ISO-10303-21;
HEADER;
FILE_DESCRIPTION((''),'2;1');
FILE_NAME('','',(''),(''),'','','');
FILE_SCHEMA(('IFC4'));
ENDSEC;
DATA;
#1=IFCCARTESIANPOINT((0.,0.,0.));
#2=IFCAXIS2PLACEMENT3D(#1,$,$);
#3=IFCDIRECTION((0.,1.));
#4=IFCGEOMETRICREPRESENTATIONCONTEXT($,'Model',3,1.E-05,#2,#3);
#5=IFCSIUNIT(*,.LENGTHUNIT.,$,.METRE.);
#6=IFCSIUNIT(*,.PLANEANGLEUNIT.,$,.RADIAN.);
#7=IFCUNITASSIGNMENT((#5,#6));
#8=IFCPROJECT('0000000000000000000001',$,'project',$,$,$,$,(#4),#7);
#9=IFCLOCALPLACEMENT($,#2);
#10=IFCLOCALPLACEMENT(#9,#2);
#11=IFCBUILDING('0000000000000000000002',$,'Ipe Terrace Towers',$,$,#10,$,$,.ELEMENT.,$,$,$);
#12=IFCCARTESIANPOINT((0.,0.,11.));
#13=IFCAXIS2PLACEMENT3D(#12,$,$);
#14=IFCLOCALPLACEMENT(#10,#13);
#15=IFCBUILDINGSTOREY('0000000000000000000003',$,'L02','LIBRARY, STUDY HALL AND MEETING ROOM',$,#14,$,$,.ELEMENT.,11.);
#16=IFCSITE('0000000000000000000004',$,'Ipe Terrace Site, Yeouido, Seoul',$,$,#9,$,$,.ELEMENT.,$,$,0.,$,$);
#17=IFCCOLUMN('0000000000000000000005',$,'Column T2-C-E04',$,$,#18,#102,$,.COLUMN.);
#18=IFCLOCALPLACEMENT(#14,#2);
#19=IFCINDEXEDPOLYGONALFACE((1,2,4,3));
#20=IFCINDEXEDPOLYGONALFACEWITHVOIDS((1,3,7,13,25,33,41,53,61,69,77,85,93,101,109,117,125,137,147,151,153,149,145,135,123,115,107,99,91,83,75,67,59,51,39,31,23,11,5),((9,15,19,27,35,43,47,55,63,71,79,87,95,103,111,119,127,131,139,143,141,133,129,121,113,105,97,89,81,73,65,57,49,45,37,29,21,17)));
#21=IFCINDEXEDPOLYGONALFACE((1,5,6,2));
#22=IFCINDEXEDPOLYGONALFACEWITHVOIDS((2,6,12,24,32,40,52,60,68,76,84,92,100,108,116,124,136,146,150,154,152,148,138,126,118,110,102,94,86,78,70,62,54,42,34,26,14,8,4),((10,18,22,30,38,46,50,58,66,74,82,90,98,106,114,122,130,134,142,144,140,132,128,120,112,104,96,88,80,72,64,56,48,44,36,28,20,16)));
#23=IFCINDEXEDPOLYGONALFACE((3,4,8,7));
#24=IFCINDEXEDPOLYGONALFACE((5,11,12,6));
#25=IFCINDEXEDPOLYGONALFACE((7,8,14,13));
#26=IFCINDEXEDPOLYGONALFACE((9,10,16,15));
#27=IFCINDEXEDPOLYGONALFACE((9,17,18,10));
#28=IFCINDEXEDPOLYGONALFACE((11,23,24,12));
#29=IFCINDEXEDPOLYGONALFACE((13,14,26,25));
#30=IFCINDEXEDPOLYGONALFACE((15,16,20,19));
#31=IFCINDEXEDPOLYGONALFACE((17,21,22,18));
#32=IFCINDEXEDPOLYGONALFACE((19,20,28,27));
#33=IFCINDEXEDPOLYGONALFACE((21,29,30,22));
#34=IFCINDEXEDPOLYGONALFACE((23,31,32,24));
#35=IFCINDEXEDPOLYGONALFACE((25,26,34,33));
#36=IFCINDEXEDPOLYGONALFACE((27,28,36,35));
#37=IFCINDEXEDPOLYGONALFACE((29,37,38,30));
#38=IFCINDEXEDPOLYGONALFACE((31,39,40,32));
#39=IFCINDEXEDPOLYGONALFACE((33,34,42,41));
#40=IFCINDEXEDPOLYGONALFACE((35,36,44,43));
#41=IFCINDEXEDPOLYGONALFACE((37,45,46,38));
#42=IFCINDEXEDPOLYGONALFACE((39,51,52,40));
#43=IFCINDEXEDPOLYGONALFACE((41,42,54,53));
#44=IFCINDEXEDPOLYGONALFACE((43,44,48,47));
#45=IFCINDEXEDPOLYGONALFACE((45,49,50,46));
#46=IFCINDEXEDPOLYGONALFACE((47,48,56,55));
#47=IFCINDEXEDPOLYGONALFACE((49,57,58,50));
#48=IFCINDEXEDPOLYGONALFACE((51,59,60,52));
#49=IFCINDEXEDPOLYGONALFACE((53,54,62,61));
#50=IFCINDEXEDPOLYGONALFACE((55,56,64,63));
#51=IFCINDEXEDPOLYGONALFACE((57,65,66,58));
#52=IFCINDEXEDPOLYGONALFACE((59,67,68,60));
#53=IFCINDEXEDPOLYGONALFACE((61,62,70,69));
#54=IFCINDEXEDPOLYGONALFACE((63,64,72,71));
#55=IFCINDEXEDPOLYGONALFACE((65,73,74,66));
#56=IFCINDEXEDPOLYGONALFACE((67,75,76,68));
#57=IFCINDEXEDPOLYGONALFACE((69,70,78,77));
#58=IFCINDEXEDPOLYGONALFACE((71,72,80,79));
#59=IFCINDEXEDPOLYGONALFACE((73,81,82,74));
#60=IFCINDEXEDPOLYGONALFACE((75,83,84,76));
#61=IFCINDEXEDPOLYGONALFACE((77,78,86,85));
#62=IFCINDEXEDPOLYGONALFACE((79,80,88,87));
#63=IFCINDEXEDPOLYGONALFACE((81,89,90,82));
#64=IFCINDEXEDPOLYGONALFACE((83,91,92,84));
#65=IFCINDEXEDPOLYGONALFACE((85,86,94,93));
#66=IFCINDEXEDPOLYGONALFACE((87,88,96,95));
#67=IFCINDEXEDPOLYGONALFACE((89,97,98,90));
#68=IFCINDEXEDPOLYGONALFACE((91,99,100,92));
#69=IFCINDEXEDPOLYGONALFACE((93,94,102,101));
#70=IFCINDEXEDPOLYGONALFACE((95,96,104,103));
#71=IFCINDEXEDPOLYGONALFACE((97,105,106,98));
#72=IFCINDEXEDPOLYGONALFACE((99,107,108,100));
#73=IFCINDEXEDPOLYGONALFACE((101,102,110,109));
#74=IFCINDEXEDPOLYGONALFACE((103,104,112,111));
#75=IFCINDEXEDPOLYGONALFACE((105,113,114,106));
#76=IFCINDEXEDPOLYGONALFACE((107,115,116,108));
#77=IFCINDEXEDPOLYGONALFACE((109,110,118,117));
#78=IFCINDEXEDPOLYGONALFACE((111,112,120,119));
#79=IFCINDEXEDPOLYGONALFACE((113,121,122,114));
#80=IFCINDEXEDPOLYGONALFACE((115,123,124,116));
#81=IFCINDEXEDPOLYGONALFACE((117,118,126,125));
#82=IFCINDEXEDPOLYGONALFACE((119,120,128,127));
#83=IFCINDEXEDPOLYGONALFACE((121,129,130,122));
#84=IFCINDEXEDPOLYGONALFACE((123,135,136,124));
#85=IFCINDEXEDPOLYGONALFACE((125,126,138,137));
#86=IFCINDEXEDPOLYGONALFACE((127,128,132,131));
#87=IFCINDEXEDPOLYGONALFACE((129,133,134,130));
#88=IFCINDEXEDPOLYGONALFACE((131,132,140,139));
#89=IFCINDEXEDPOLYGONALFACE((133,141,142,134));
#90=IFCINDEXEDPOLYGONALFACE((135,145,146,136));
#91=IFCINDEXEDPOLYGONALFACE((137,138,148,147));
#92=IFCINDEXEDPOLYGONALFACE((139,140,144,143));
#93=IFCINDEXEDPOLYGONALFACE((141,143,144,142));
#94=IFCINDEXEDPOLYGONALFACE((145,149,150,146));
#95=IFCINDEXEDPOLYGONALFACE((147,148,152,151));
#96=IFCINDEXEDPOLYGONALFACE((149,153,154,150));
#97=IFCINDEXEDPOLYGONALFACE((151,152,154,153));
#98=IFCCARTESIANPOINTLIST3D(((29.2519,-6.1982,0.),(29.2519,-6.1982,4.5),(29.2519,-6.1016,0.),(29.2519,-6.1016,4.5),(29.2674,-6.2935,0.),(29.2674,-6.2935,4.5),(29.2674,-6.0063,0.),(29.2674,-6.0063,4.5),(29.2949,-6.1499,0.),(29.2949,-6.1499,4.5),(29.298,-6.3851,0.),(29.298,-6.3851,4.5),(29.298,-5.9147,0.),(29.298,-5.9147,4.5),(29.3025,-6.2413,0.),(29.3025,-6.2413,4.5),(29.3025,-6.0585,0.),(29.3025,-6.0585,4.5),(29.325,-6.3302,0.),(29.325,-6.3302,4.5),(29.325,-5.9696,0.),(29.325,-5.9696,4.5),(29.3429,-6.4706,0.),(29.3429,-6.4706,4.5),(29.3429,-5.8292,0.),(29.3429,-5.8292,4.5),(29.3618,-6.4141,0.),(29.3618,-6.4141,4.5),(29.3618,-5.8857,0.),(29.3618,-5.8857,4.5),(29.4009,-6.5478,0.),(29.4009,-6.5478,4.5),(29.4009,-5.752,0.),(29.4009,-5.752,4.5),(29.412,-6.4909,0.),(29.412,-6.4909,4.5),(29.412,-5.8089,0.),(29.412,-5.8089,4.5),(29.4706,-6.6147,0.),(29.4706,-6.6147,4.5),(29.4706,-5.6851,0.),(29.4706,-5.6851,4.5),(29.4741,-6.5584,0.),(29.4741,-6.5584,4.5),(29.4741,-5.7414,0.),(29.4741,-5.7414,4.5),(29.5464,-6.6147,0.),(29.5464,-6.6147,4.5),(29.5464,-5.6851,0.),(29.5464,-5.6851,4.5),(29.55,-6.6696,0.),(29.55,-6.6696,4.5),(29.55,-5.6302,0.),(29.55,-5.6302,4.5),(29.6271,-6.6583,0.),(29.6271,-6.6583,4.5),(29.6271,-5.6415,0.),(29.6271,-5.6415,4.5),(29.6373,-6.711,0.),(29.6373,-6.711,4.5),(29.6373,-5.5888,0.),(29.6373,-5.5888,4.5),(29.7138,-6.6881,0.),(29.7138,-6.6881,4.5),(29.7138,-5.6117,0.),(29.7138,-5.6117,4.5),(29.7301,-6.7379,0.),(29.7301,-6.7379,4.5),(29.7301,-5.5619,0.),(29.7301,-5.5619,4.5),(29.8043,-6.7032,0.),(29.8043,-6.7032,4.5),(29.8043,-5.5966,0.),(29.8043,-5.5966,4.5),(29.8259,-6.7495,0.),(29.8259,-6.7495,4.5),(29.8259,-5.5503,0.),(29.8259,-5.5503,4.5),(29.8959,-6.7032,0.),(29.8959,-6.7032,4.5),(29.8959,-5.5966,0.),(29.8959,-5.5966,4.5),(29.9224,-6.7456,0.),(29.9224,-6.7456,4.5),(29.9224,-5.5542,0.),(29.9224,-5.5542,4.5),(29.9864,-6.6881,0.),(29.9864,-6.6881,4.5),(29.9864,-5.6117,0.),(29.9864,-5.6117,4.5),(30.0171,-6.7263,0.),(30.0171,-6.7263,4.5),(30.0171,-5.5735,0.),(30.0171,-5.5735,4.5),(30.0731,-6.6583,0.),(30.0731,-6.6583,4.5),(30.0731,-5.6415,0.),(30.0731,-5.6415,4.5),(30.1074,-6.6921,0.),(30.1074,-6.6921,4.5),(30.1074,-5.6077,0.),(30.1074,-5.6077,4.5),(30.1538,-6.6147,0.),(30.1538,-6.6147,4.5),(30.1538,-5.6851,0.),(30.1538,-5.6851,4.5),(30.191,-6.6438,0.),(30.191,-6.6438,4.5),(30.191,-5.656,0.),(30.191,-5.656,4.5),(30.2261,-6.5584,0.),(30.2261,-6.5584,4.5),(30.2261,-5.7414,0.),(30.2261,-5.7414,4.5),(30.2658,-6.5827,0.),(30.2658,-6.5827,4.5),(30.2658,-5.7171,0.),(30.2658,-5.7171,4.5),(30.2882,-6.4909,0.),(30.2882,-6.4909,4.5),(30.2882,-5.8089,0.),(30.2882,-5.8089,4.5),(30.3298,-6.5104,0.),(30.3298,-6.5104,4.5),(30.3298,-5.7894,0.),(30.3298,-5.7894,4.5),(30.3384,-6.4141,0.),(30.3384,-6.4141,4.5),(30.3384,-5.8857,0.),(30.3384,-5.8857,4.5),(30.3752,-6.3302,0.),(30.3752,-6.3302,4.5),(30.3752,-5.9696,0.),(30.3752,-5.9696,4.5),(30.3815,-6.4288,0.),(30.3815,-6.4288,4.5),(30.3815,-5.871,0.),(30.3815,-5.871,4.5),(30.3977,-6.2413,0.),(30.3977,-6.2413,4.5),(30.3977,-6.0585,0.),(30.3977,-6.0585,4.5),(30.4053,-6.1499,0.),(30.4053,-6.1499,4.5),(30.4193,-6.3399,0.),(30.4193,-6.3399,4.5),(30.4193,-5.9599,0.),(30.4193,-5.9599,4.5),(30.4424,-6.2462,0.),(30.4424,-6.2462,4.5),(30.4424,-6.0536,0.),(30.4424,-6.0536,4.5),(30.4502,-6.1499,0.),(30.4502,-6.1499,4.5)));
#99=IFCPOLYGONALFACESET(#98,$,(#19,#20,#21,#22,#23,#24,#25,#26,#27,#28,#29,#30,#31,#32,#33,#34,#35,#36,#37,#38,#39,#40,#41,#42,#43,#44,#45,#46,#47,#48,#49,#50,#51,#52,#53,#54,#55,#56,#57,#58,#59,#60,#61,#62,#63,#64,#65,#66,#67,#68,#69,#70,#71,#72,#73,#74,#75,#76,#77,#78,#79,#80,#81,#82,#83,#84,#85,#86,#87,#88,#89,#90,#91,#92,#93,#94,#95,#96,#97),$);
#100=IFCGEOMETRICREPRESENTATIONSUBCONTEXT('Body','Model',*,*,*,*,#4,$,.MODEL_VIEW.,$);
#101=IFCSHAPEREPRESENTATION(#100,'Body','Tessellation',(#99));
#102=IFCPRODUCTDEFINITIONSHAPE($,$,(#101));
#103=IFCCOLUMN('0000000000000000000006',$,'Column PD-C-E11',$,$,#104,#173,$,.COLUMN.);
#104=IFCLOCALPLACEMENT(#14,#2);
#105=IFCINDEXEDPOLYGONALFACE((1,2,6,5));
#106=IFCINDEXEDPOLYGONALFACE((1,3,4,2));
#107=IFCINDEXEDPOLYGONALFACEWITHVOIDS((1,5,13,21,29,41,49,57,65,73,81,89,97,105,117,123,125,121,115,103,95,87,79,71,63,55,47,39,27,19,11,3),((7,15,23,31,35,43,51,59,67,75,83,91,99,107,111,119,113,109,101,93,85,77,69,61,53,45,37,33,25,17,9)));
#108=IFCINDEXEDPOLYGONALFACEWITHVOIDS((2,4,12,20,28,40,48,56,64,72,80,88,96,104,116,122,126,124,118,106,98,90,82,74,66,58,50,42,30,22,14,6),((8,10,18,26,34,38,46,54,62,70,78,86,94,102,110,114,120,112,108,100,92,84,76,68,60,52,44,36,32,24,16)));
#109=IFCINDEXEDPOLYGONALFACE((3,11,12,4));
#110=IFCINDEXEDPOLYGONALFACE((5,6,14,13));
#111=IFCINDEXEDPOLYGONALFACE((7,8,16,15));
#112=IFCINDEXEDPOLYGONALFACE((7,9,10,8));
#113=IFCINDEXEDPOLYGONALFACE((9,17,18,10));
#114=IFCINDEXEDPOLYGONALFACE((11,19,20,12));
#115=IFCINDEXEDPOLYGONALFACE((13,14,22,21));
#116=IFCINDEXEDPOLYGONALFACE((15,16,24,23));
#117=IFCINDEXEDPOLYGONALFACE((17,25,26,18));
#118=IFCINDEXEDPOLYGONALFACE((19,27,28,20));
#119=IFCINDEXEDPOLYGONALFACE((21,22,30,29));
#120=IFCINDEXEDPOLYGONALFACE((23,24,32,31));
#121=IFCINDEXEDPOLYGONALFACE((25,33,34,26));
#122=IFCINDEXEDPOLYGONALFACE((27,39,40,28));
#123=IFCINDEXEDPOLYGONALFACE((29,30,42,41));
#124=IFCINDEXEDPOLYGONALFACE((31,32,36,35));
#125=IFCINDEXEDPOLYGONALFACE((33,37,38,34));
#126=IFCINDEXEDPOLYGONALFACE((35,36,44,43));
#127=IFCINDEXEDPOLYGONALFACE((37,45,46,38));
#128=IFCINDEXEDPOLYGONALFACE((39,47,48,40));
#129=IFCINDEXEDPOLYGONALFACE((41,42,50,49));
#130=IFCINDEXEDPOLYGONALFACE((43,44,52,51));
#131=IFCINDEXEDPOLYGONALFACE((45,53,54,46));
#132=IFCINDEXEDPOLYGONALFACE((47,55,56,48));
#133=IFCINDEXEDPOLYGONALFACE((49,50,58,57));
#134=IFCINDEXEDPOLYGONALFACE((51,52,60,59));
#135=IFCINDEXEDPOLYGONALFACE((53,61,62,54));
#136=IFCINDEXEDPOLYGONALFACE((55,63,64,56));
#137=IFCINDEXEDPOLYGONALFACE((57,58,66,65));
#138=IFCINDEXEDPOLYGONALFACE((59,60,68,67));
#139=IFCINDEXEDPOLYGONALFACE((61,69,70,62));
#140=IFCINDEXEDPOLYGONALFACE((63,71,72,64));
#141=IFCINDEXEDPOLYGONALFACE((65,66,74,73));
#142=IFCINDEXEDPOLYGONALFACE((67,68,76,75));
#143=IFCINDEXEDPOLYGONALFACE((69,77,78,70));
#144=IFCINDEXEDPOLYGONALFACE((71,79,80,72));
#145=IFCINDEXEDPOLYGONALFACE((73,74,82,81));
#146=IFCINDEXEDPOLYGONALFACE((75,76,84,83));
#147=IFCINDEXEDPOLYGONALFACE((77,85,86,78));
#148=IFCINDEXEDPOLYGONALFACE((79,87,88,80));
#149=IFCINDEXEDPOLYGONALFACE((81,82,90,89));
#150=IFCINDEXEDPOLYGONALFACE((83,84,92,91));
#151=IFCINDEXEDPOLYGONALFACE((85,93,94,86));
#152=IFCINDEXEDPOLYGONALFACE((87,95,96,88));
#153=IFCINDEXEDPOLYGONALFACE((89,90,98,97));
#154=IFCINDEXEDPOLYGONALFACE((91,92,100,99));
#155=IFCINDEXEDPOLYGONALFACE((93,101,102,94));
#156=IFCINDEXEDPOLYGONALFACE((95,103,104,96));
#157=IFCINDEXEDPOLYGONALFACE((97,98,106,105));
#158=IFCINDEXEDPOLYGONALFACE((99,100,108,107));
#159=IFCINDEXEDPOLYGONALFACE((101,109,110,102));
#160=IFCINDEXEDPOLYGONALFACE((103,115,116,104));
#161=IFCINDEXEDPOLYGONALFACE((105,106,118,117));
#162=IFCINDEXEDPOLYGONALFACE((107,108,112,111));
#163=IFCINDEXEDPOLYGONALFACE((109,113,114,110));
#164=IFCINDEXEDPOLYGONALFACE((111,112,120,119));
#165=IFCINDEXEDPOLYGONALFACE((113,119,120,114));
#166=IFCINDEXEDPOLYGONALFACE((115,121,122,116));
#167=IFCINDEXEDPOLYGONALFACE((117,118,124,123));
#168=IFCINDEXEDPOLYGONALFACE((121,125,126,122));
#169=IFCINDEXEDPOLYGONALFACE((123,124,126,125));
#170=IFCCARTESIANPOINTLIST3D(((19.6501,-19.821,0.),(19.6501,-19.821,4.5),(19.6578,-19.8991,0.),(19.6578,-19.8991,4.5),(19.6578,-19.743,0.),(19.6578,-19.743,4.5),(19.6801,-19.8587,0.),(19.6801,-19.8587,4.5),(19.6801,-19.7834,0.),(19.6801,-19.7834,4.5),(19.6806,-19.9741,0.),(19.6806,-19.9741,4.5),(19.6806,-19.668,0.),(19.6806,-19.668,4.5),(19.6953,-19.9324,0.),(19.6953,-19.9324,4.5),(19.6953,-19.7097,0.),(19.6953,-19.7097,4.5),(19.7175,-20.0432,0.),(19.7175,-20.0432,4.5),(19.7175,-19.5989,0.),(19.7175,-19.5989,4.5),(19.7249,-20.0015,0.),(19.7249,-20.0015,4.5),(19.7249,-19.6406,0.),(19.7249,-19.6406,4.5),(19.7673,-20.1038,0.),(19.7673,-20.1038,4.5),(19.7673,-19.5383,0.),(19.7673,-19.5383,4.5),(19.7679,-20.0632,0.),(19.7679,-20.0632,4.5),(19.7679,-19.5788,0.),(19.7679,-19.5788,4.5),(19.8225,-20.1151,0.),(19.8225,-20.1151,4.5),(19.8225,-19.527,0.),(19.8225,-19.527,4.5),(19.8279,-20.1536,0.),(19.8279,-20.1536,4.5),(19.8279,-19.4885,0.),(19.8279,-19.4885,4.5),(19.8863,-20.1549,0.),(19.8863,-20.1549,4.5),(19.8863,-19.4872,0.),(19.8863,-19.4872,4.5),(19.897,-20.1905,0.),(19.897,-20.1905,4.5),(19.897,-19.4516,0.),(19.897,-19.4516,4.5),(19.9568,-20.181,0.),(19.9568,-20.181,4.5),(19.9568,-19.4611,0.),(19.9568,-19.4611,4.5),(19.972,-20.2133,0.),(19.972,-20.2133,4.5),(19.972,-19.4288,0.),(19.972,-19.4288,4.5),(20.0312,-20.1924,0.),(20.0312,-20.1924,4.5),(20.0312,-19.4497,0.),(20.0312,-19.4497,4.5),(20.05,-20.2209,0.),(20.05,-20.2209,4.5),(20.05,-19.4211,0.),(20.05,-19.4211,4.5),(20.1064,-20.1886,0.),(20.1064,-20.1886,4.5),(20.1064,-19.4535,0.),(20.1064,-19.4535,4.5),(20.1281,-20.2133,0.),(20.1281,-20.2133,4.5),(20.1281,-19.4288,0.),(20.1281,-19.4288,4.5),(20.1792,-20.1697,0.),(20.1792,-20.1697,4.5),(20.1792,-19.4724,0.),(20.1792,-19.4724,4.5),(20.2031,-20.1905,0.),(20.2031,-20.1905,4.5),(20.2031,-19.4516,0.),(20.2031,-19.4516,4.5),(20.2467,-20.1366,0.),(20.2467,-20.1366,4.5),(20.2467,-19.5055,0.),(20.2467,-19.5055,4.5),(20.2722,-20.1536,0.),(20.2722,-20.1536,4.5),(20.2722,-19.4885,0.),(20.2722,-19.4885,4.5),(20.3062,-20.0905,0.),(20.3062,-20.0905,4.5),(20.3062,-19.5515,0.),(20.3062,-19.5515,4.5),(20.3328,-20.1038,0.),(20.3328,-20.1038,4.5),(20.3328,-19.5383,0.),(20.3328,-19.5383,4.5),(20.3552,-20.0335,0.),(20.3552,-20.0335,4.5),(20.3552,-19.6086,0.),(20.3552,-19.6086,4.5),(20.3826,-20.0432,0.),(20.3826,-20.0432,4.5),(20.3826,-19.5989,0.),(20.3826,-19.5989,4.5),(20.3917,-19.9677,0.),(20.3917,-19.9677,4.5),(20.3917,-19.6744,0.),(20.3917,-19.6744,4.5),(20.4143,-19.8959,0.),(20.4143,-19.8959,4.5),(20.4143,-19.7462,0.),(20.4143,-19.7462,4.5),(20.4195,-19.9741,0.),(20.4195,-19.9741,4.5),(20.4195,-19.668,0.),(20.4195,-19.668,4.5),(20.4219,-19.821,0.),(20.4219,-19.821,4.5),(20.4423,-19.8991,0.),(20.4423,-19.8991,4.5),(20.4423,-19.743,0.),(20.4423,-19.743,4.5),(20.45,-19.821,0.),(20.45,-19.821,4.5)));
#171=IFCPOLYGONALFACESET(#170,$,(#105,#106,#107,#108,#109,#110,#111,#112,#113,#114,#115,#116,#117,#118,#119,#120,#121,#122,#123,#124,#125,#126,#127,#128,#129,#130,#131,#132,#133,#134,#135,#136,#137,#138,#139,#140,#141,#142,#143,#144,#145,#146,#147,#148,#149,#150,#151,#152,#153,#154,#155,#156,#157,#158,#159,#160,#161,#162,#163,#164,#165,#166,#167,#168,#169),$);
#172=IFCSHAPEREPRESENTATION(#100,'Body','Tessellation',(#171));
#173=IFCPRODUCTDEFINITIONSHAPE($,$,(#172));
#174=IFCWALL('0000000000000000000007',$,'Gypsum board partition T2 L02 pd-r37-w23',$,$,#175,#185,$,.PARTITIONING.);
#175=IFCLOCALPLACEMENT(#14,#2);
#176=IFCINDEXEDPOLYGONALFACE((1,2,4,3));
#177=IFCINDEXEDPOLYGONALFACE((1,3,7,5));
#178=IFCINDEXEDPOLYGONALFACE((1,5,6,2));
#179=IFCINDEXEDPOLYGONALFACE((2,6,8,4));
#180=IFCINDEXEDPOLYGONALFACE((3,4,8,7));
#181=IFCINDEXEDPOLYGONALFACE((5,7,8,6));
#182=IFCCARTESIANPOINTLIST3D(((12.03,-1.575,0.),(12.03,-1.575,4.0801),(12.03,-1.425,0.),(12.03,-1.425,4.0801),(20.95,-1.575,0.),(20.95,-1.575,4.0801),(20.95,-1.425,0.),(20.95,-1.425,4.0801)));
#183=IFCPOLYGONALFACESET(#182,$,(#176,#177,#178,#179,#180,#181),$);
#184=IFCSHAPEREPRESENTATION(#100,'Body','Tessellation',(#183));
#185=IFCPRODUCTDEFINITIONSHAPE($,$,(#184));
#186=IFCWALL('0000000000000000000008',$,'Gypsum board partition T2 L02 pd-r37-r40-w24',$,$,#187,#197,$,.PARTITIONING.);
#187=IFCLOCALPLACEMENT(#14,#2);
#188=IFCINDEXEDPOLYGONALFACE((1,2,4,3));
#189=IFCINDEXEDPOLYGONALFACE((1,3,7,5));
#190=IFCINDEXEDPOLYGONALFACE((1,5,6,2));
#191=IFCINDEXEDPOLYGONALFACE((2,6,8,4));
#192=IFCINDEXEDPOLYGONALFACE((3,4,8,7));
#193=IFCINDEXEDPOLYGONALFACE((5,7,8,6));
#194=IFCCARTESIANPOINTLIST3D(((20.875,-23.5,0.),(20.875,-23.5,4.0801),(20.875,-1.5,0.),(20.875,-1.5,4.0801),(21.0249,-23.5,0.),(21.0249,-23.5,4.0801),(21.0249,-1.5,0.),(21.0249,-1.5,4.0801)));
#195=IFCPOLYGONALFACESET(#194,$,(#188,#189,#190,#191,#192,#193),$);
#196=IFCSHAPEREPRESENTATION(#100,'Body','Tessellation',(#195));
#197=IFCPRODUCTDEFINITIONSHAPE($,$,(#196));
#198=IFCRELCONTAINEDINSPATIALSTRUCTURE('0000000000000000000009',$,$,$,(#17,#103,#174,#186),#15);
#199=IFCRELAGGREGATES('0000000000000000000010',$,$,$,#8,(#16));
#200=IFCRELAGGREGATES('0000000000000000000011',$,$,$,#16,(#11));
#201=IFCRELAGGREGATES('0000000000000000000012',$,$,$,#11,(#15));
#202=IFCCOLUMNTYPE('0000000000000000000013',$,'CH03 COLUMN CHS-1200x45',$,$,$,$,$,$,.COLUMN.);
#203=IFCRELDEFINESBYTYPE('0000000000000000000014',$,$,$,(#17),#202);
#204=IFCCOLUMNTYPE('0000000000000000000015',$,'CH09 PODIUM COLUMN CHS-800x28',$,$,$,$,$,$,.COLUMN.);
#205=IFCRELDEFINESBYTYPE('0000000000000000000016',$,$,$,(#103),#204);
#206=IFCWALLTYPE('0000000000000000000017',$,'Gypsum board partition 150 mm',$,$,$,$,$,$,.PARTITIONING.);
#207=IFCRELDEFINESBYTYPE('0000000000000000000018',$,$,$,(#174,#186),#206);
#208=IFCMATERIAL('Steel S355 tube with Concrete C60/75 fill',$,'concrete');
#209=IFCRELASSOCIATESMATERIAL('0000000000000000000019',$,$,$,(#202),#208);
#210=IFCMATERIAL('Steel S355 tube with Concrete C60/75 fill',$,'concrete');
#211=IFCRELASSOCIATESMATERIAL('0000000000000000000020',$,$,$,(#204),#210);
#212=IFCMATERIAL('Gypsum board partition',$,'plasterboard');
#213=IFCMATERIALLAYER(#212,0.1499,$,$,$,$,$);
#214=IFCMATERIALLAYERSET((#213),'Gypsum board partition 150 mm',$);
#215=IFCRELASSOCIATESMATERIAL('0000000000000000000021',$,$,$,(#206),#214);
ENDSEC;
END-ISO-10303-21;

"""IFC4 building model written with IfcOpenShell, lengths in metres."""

from ifc_helpers import new_model, si_unit, direction, frame, frame_2d, origin, origin_2d, place, context, subcontext, project, spatial, rectangle, hollow_circle, extrude, material, layer, layer_set, material_profile, profile_set, type_object, element, save


model = new_model("IFC4")

# Units and contexts
model_context = context("Model", 3, precision=1e-05, world=origin(), true_north=direction((0.0, 1.0)))
body_context = subcontext(model_context, "Body", "Model", "MODEL_VIEW")
ifc_project = project(units=[si_unit("LENGTHUNIT", "METRE"), si_unit("PLANEANGLEUNIT", "RADIAN")], contexts=[model_context])

# Site, building, storey
site_placement = place(None, origin())
site = spatial("IfcSite", under=ifc_project, at=site_placement, Name="Ipe Terrace Site, Yeouido, Seoul", CompositionType="ELEMENT", RefElevation=0.0)
building_placement = place(site_placement, origin())
building = spatial("IfcBuilding", under=site, at=building_placement, Name="Ipe Terrace Towers", CompositionType="ELEMENT")
storey_placement = place(building_placement, frame((0.0, 0.0, 11.0)))
storey = spatial("IfcBuildingStorey", under=building, at=storey_placement, Name="L02", Description="LIBRARY, STUDY HALL AND MEETING ROOM", CompositionType="ELEMENT", Elevation=11.0)

# Columns
ifc_material_1 = material(Name="Steel S355 tube with Concrete C60/75 fill", Category="concrete")
ifc_material_profile_1 = material_profile(ifc_material_1, hollow_circle(Radius=0.6001, WallThickness=0.0449, at=origin_2d()), Name="CHS-1200x45")
ifc_profile_set_1 = profile_set([ifc_material_profile_1], Name="Steel S355 tube with Concrete C60/75 fill")
column_type_1 = type_object("IfcColumnType", Name="CH03 COLUMN CHS-1200x45", PredefinedType="COLUMN", material=ifc_profile_set_1)
column_1_placement = place(storey_placement, frame((29.8501, -6.1499, 0.0), z_axis=(0.0, 0.0, 1.0), x_axis=(1.0, 0.0, 0.0)))
element("IfcColumn", 1, at=column_1_placement, inside=storey, type_object=column_type_1, Name="Column T2-C-E04", PredefinedType="COLUMN", context=body_context, shape_type="SweptSolid", body=[
    extrude(hollow_circle(Radius=0.6001, WallThickness=0.0449, at=origin_2d()), origin(), (0.0, 0.0, 1.0), 4.5),
])
ifc_material_2 = material(Name="Steel S355 tube with Concrete C60/75 fill", Category="concrete")
ifc_material_profile_2 = material_profile(ifc_material_2, hollow_circle(Radius=0.3999, WallThickness=0.0281, at=origin_2d()), Name="CHS-800x28")
ifc_profile_set_2 = profile_set([ifc_material_profile_2], Name="Steel S355 tube with Concrete C60/75 fill")
column_type_2 = type_object("IfcColumnType", Name="CH09 PODIUM COLUMN CHS-800x28", PredefinedType="COLUMN", material=ifc_profile_set_2)
column_2_placement = place(storey_placement, frame((20.05, -19.821, 0.0), z_axis=(0.0, 0.0, 1.0), x_axis=(1.0, 0.0, 0.0)))
element("IfcColumn", 2, at=column_2_placement, inside=storey, type_object=column_type_2, Name="Column PD-C-E11", PredefinedType="COLUMN", context=body_context, shape_type="SweptSolid", body=[
    extrude(hollow_circle(Radius=0.3999, WallThickness=0.0281, at=origin_2d()), origin(), (0.0, 0.0, 1.0), 4.5),
])

# Walls
ifc_material_3 = material(Name="Gypsum board partition", Category="plasterboard")
ifc_layer_1 = layer(ifc_material_3, 0.1499)
ifc_layer_set_1 = layer_set([ifc_layer_1], Name="Gypsum board partition 150 mm")
wall_type_1 = type_object("IfcWallType", Name="Gypsum board partition 150 mm", PredefinedType="PARTITIONING", material=ifc_layer_set_1)
wall_1_placement = place(storey_placement, frame((12.03, -1.5, 0.0), z_axis=(0.0, 0.0, 1.0), x_axis=(1.0, 0.0, 0.0)))
element("IfcWall", 3, at=wall_1_placement, inside=storey, type_object=wall_type_1, Name="Gypsum board partition T2 L02 pd-r37-w23", PredefinedType="PARTITIONING", context=body_context, shape_type="SweptSolid", body=[
    extrude(rectangle(XDim=8.9199, YDim=0.1499, at=frame_2d((4.46, 0.0))), origin(), (0.0, 0.0, 1.0), 4.0801),
])
wall_2_placement = place(storey_placement, frame((20.95, -1.5, 0.0), z_axis=(0.0, 0.0, 1.0), x_axis=(0.0, -1.0, 0.0)))
element("IfcWall", 4, at=wall_2_placement, inside=storey, type_object=wall_type_1, Name="Gypsum board partition T2 L02 pd-r37-r40-w24", PredefinedType="PARTITIONING", context=body_context, shape_type="SweptSolid", body=[
    extrude(rectangle(XDim=22.0, YDim=0.1499, at=frame_2d((11.0, 0.0))), origin(), (0.0, 0.0, 1.0), 4.0801),
])

save(model, "model.ifc")
